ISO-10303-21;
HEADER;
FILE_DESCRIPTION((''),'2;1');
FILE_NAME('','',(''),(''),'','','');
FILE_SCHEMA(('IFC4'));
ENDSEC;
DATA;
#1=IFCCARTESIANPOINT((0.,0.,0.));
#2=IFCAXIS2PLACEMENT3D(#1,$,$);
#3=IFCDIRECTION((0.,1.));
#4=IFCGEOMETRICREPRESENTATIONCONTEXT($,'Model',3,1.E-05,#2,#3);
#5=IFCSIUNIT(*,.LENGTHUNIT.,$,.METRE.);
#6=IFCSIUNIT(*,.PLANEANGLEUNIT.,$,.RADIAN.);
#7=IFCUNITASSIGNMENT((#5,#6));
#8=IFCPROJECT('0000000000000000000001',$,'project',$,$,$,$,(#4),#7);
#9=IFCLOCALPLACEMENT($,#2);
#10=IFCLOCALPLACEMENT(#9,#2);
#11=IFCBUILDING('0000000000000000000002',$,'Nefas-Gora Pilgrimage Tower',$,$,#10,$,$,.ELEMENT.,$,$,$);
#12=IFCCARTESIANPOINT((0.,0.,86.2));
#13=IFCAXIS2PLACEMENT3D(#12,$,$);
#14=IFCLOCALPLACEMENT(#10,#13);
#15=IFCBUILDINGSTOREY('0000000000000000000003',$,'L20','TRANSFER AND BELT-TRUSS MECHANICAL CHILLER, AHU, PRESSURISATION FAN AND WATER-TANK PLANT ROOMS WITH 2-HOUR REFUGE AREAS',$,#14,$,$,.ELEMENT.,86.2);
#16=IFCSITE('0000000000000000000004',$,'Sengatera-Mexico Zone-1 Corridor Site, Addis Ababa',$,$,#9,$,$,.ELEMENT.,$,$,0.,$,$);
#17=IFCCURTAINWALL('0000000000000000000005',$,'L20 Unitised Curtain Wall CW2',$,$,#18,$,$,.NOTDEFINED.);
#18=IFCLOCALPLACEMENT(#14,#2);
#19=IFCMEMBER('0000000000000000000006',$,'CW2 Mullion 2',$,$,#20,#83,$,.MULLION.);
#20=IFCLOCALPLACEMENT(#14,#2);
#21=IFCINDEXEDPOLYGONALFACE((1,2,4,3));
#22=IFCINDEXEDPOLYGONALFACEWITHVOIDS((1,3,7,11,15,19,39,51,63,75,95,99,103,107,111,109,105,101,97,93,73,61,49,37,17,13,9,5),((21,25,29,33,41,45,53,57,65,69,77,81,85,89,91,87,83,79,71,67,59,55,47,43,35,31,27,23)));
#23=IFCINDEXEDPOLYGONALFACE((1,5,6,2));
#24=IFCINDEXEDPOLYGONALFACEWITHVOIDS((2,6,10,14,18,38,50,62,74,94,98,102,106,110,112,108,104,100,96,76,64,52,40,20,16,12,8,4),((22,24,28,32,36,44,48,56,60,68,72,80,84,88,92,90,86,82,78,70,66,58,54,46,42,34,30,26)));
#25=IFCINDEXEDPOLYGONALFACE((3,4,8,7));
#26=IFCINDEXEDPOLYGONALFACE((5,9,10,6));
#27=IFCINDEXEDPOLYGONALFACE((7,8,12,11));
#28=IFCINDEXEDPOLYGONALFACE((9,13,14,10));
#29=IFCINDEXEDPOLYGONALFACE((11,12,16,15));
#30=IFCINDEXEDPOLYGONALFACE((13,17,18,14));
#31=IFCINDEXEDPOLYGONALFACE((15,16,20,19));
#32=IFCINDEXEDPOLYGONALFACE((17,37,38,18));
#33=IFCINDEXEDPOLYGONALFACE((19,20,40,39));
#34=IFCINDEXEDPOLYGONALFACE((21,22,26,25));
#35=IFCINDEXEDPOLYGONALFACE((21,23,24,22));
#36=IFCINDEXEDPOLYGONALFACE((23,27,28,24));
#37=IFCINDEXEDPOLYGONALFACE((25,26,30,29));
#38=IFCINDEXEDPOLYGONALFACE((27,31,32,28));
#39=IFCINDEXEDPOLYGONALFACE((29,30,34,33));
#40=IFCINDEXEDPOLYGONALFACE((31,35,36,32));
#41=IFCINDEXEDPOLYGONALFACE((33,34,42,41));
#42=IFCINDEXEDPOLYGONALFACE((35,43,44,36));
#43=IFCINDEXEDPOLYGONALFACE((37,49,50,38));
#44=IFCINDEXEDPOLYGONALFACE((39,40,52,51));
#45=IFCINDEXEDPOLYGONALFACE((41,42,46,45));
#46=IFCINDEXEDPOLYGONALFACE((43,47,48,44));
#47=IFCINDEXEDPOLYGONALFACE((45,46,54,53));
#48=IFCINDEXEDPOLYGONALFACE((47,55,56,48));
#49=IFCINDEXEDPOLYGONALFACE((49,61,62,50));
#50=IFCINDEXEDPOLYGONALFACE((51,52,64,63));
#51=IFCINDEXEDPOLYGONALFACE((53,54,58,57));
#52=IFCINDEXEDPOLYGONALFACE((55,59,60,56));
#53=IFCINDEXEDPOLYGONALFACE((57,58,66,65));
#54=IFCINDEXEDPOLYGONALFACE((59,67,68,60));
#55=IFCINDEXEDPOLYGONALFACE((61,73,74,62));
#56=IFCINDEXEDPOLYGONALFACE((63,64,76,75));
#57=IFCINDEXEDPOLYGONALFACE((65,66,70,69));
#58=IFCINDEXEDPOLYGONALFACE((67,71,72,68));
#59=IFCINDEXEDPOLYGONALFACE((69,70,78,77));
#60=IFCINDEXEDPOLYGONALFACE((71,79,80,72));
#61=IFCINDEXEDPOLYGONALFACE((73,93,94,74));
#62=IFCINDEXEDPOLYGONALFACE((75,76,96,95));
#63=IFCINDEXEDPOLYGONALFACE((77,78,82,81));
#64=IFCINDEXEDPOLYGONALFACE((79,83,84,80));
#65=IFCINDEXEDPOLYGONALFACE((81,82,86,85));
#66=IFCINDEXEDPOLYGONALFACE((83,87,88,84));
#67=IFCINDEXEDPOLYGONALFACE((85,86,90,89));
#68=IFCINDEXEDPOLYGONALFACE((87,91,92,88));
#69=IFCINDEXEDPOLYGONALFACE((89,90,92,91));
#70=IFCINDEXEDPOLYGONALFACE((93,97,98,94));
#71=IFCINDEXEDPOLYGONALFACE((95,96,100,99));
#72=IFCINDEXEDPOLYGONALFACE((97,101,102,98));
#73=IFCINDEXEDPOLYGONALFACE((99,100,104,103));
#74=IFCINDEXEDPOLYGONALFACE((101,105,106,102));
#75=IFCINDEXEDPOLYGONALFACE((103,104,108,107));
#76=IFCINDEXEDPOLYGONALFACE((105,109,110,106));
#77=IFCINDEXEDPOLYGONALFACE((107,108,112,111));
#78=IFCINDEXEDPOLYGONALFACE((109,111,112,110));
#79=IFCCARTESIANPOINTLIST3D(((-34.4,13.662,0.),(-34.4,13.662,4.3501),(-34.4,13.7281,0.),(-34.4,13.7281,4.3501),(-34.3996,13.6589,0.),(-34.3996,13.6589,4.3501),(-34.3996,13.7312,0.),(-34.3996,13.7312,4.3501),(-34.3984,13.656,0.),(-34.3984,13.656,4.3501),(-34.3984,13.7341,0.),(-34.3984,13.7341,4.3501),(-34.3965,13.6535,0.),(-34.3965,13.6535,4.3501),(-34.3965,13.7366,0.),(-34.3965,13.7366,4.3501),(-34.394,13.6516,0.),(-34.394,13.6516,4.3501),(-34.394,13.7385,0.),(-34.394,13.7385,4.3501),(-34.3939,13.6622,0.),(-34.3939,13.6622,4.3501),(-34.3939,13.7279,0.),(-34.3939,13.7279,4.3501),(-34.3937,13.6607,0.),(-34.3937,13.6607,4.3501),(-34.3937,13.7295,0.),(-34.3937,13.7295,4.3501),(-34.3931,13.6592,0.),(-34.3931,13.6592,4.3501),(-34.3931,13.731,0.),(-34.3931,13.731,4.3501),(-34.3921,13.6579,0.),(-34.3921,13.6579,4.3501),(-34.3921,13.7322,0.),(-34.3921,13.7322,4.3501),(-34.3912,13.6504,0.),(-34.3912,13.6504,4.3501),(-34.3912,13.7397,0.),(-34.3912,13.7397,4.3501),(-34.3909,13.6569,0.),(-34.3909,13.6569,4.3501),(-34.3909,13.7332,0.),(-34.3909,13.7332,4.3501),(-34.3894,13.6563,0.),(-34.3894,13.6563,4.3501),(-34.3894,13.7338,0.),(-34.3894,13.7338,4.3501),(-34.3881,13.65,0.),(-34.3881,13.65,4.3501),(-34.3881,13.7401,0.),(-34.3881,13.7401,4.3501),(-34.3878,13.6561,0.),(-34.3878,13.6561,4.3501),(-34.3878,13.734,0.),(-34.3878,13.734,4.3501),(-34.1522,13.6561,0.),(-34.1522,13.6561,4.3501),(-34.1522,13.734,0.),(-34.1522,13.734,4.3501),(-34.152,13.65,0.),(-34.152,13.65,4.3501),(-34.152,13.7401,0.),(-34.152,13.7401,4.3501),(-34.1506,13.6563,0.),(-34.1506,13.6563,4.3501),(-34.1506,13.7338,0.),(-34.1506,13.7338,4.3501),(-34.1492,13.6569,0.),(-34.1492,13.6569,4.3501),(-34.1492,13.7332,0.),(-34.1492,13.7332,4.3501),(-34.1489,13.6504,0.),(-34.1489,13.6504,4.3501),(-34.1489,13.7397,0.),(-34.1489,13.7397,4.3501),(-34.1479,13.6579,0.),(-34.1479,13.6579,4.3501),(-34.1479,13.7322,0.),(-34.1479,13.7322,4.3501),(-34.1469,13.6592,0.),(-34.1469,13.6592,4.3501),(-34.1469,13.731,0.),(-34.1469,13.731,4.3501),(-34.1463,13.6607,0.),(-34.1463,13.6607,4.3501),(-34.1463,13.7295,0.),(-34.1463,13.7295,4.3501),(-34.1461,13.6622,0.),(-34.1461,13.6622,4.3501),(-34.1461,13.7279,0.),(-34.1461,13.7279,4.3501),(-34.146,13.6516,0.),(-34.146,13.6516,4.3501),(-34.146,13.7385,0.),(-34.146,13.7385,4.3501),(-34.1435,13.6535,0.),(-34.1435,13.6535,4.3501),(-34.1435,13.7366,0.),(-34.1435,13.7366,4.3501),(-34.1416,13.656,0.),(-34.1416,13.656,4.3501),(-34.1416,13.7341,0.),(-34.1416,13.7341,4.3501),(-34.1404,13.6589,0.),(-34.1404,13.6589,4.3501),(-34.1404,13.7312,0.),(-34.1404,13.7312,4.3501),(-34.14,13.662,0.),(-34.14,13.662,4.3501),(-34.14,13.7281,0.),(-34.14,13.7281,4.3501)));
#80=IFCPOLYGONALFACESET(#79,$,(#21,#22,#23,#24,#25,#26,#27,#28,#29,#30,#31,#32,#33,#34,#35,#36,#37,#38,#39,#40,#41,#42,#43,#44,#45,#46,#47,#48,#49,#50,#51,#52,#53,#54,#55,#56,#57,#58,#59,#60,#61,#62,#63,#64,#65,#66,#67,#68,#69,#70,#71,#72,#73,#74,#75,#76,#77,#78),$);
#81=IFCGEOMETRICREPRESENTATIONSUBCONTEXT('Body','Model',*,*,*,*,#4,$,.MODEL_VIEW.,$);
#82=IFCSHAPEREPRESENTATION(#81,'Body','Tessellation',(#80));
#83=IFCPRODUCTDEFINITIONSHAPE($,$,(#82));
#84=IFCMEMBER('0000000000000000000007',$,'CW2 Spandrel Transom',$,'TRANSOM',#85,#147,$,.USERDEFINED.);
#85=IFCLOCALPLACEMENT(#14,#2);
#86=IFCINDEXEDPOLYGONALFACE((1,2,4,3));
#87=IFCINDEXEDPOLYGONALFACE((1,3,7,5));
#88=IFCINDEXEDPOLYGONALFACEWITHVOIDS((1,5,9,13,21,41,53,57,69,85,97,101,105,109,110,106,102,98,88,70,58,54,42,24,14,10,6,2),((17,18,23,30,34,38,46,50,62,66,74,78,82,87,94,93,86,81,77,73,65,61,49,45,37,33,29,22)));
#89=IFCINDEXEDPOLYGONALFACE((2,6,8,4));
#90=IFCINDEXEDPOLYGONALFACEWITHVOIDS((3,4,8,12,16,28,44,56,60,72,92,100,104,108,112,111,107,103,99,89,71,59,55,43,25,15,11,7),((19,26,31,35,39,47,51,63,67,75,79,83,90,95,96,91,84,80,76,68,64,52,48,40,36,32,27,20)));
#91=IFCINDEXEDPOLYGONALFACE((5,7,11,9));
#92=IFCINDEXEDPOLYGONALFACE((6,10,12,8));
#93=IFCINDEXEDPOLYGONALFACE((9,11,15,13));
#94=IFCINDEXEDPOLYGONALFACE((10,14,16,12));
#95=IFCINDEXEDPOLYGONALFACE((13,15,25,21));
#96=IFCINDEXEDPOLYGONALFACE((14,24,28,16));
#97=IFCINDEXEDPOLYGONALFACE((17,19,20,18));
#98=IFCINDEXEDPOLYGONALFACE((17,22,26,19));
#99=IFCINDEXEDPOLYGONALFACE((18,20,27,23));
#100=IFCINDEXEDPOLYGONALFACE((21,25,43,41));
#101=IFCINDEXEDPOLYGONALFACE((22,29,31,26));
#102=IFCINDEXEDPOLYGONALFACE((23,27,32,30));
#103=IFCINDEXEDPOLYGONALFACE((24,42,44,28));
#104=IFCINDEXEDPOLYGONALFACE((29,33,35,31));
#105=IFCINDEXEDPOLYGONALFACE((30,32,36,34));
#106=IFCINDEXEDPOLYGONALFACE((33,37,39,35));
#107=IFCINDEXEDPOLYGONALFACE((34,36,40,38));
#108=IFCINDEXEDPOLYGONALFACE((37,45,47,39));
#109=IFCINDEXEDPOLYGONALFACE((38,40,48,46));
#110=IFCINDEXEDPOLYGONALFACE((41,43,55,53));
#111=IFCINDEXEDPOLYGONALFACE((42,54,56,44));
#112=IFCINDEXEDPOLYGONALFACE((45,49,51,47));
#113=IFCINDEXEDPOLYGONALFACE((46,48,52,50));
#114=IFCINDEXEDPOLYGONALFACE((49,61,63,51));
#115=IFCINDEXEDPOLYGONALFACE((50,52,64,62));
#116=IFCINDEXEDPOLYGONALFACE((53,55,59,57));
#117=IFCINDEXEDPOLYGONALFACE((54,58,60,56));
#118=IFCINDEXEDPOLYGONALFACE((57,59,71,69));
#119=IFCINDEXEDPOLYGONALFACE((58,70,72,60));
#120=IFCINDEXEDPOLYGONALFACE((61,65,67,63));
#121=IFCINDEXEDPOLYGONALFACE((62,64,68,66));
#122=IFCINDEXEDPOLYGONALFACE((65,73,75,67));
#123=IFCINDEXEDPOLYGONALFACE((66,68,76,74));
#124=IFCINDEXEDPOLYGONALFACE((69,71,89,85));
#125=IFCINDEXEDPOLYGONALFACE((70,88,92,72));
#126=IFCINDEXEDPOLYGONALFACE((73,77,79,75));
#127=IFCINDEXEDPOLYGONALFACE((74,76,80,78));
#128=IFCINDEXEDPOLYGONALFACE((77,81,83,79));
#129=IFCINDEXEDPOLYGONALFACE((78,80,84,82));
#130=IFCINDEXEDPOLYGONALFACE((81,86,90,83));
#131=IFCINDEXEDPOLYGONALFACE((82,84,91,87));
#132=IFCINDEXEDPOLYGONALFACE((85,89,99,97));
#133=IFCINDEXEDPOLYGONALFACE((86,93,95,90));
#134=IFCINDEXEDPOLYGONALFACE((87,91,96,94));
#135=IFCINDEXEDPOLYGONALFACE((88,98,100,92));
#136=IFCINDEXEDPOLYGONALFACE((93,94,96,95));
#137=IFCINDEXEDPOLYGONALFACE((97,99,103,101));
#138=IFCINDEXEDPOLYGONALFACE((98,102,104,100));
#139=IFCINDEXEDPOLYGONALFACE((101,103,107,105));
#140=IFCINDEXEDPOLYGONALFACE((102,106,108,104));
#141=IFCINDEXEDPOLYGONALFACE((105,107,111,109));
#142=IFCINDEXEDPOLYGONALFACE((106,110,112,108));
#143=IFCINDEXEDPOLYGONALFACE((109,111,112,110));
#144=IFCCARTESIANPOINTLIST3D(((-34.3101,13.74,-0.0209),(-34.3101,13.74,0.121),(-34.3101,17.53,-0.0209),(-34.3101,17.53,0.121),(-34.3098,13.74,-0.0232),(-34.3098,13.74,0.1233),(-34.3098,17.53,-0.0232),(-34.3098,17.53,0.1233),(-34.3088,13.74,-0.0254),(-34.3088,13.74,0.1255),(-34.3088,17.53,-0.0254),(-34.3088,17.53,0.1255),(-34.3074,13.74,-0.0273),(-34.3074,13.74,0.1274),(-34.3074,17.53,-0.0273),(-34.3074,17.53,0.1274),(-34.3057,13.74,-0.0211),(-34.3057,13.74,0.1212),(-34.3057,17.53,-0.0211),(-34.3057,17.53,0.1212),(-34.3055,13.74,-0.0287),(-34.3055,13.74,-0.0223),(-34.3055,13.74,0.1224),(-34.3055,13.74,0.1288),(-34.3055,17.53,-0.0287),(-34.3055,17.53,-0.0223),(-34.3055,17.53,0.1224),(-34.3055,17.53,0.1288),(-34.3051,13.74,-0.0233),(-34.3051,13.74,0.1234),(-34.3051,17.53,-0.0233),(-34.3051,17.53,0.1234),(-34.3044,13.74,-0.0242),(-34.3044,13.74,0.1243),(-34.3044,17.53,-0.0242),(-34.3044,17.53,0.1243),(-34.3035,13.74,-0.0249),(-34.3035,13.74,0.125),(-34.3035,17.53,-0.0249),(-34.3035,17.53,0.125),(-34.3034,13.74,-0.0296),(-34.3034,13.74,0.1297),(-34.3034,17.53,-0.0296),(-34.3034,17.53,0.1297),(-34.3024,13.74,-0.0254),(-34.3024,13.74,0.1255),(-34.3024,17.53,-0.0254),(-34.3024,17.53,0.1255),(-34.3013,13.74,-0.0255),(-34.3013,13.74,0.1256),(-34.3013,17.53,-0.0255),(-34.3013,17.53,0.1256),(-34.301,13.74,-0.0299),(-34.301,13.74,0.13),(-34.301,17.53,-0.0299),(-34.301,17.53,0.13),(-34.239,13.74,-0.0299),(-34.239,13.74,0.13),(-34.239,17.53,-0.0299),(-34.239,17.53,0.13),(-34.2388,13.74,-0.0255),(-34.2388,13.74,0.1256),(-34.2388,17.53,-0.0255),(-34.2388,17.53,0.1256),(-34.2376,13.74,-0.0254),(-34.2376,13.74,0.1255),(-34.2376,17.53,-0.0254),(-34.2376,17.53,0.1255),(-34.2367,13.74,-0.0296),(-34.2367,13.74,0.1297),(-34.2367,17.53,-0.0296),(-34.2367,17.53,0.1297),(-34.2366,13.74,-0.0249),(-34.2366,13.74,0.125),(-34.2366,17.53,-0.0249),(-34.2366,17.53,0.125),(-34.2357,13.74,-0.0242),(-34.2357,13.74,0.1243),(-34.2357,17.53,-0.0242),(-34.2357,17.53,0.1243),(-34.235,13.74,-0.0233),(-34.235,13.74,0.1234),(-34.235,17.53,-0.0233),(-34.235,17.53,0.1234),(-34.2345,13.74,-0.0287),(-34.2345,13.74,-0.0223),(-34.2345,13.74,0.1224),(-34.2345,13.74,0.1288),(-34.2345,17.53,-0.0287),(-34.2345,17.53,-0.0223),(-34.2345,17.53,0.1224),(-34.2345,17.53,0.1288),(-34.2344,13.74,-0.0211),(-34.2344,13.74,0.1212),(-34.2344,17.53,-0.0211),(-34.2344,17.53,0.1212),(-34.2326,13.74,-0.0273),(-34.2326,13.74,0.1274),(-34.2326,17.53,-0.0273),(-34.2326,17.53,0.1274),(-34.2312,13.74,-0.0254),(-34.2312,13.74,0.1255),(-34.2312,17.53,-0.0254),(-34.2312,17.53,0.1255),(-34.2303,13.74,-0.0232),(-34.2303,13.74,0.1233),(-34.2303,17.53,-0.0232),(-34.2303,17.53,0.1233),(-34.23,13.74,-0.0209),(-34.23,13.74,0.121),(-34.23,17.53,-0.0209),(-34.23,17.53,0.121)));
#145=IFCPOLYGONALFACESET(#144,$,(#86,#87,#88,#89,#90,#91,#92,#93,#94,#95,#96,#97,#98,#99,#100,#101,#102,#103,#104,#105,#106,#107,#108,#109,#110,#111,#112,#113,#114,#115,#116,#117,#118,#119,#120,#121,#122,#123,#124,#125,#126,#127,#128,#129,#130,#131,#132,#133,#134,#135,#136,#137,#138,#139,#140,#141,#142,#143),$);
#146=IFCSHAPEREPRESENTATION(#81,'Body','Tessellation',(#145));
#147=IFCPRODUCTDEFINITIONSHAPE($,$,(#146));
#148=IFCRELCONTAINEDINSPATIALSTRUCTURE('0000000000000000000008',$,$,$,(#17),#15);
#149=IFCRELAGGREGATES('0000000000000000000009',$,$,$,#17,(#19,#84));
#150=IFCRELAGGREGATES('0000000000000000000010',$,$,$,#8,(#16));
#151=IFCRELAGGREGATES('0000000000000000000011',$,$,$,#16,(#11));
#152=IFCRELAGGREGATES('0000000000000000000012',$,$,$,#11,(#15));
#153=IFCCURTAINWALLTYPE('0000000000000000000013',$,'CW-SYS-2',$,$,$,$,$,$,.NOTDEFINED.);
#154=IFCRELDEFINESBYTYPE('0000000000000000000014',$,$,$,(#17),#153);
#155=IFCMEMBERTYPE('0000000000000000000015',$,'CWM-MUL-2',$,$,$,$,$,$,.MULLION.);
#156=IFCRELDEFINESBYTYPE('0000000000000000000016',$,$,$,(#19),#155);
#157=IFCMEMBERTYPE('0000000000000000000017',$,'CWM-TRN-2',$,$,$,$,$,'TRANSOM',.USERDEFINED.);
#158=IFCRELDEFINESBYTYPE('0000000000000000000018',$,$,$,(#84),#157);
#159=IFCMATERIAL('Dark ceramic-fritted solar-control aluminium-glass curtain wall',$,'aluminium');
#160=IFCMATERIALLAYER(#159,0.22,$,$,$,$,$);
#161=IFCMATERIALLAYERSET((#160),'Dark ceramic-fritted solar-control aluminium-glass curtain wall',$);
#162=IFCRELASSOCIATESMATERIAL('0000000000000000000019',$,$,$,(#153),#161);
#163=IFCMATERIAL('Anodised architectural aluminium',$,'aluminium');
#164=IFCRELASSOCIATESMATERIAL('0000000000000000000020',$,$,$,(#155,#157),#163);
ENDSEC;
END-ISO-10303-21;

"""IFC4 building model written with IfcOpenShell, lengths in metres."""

from ifc_helpers import new_model, si_unit, direction, frame, origin, origin_2d, place, context, subcontext, project, spatial, hollow_rectangle, extrude, source, transform, mapped, material, layer, layer_set, material_profile, profile_set, type_object, element, aggregate, save


model = new_model("IFC4")

# Units and contexts
model_context = context("Model", 3, precision=1e-05, world=origin(), true_north=direction((0.0, 1.0)))
body_context = subcontext(model_context, "Body", "Model", "MODEL_VIEW")
ifc_project = project(units=[si_unit("LENGTHUNIT", "METRE"), si_unit("PLANEANGLEUNIT", "RADIAN")], contexts=[model_context])

# Site, building, storey
site_placement = place(None, origin())
site = spatial("IfcSite", under=ifc_project, at=site_placement, Name="Sengatera-Mexico Zone-1 Corridor Site, Addis Ababa", CompositionType="ELEMENT", RefElevation=0.0)
building_placement = place(site_placement, origin())
building = spatial("IfcBuilding", under=site, at=building_placement, Name="Nefas-Gora Pilgrimage Tower", CompositionType="ELEMENT")
storey_placement = place(building_placement, frame((0.0, 0.0, 86.2)))
storey = spatial("IfcBuildingStorey", under=building, at=storey_placement, Name="L20", Description="TRANSFER AND BELT-TRUSS MECHANICAL CHILLER, AHU, PRESSURISATION FAN AND WATER-TANK PLANT ROOMS WITH 2-HOUR REFUGE AREAS", CompositionType="ELEMENT", Elevation=86.2)

# Shared definitions
ifc_material_1 = material(Name="Dark ceramic-fritted solar-control aluminium-glass curtain wall", Category="aluminium")
ifc_material_2 = material(Name="Anodised architectural aluminium", Category="aluminium")

# Curtain wall, members
ifc_layer_1 = layer(ifc_material_1, 0.22)
ifc_layer_set_1 = layer_set([ifc_layer_1], Name="Dark ceramic-fritted solar-control aluminium-glass curtain wall")
curtain_wall_type_1 = type_object("IfcCurtainWallType", Name="CW-SYS-2", PredefinedType="NOTDEFINED", material=ifc_layer_set_1)
ifc_material_profile_1 = material_profile(ifc_material_2, hollow_rectangle(XDim=0.0901, YDim=0.26, WallThickness=0.0061, InnerFilletRadius=0.0061, OuterFilletRadius=0.012, at=origin_2d()), Name="ALU MULLION 90x260")
ifc_profile_set_1 = profile_set([ifc_material_profile_1], Name="Anodised architectural aluminium")
member_type_1 = type_object("IfcMemberType", Name="CWM-MUL-2", PredefinedType="MULLION", material=ifc_profile_set_1)
shared_shape_1 = source(origin(), body_context, "Body", "SweptSolid", [
    extrude(hollow_rectangle(XDim=0.0901, YDim=0.26, WallThickness=0.0061, InnerFilletRadius=0.0061, OuterFilletRadius=0.012, at=origin_2d()), origin(), (0.0, 0.0, 1.0), 4.3501),
])
curtain_wall_1_placement = place(storey_placement, origin())
curtain_wall_1 = element("IfcCurtainWall", 1, at=curtain_wall_1_placement, inside=storey, type_object=curtain_wall_type_1, Name="L20 Unitised Curtain Wall CW2", PredefinedType="NOTDEFINED")
member_1_placement = place(storey_placement, frame((-34.27, 13.6951, 0.0), z_axis=(0.0, 0.0, 1.0), x_axis=(0.0, -1.0, 0.0)))
member_1 = element("IfcMember", 2, at=member_1_placement, type_object=member_type_1, Name="CW2 Mullion 2", PredefinedType="MULLION", context=body_context, shape_type="MappedRepresentation", body=[
    mapped(shared_shape_1, transform((0.0, 0.0, 0.0), x_axis=(1.0, 0.0, 0.0), y_axis=(0.0, 1.0, 0.0), z_axis=(0.0, 0.0, 1.0), scale=1.0)),
])
ifc_material_profile_2 = material_profile(ifc_material_2, hollow_rectangle(XDim=0.0801, YDim=0.1599, WallThickness=0.0044, InnerFilletRadius=0.0044, OuterFilletRadius=0.009, at=origin_2d()), Name="ALU TRANSOM 80x160")
ifc_profile_set_2 = profile_set([ifc_material_profile_2], Name="Anodised architectural aluminium")
member_type_2 = type_object("IfcMemberType", Name="CWM-TRN-2", ElementType="TRANSOM", PredefinedType="USERDEFINED", material=ifc_profile_set_2)
shared_shape_2 = source(origin(), body_context, "Body", "SweptSolid", [
    extrude(hollow_rectangle(XDim=0.0801, YDim=0.1599, WallThickness=0.0044, InnerFilletRadius=0.0044, OuterFilletRadius=0.009, at=origin_2d()), origin(), (0.0, 0.0, 1.0), 3.79),
])
member_2_placement = place(storey_placement, frame((-34.27, 17.53, 0.05), z_axis=(0.0, -1.0, 0.0), x_axis=(1.0, 0.0, 0.0)))
member_2 = element("IfcMember", 3, at=member_2_placement, type_object=member_type_2, Name="CW2 Spandrel Transom", ObjectType="TRANSOM", PredefinedType="USERDEFINED", context=body_context, shape_type="MappedRepresentation", body=[
    mapped(shared_shape_2, transform((0.0, 0.0, 0.0), x_axis=(1.0, 0.0, 0.0), y_axis=(0.0, 1.0, 0.0), z_axis=(0.0, 0.0, 1.0), scale=1.0)),
])

aggregate(curtain_wall_1, [member_1, member_2])

save(model, "model.ifc")
